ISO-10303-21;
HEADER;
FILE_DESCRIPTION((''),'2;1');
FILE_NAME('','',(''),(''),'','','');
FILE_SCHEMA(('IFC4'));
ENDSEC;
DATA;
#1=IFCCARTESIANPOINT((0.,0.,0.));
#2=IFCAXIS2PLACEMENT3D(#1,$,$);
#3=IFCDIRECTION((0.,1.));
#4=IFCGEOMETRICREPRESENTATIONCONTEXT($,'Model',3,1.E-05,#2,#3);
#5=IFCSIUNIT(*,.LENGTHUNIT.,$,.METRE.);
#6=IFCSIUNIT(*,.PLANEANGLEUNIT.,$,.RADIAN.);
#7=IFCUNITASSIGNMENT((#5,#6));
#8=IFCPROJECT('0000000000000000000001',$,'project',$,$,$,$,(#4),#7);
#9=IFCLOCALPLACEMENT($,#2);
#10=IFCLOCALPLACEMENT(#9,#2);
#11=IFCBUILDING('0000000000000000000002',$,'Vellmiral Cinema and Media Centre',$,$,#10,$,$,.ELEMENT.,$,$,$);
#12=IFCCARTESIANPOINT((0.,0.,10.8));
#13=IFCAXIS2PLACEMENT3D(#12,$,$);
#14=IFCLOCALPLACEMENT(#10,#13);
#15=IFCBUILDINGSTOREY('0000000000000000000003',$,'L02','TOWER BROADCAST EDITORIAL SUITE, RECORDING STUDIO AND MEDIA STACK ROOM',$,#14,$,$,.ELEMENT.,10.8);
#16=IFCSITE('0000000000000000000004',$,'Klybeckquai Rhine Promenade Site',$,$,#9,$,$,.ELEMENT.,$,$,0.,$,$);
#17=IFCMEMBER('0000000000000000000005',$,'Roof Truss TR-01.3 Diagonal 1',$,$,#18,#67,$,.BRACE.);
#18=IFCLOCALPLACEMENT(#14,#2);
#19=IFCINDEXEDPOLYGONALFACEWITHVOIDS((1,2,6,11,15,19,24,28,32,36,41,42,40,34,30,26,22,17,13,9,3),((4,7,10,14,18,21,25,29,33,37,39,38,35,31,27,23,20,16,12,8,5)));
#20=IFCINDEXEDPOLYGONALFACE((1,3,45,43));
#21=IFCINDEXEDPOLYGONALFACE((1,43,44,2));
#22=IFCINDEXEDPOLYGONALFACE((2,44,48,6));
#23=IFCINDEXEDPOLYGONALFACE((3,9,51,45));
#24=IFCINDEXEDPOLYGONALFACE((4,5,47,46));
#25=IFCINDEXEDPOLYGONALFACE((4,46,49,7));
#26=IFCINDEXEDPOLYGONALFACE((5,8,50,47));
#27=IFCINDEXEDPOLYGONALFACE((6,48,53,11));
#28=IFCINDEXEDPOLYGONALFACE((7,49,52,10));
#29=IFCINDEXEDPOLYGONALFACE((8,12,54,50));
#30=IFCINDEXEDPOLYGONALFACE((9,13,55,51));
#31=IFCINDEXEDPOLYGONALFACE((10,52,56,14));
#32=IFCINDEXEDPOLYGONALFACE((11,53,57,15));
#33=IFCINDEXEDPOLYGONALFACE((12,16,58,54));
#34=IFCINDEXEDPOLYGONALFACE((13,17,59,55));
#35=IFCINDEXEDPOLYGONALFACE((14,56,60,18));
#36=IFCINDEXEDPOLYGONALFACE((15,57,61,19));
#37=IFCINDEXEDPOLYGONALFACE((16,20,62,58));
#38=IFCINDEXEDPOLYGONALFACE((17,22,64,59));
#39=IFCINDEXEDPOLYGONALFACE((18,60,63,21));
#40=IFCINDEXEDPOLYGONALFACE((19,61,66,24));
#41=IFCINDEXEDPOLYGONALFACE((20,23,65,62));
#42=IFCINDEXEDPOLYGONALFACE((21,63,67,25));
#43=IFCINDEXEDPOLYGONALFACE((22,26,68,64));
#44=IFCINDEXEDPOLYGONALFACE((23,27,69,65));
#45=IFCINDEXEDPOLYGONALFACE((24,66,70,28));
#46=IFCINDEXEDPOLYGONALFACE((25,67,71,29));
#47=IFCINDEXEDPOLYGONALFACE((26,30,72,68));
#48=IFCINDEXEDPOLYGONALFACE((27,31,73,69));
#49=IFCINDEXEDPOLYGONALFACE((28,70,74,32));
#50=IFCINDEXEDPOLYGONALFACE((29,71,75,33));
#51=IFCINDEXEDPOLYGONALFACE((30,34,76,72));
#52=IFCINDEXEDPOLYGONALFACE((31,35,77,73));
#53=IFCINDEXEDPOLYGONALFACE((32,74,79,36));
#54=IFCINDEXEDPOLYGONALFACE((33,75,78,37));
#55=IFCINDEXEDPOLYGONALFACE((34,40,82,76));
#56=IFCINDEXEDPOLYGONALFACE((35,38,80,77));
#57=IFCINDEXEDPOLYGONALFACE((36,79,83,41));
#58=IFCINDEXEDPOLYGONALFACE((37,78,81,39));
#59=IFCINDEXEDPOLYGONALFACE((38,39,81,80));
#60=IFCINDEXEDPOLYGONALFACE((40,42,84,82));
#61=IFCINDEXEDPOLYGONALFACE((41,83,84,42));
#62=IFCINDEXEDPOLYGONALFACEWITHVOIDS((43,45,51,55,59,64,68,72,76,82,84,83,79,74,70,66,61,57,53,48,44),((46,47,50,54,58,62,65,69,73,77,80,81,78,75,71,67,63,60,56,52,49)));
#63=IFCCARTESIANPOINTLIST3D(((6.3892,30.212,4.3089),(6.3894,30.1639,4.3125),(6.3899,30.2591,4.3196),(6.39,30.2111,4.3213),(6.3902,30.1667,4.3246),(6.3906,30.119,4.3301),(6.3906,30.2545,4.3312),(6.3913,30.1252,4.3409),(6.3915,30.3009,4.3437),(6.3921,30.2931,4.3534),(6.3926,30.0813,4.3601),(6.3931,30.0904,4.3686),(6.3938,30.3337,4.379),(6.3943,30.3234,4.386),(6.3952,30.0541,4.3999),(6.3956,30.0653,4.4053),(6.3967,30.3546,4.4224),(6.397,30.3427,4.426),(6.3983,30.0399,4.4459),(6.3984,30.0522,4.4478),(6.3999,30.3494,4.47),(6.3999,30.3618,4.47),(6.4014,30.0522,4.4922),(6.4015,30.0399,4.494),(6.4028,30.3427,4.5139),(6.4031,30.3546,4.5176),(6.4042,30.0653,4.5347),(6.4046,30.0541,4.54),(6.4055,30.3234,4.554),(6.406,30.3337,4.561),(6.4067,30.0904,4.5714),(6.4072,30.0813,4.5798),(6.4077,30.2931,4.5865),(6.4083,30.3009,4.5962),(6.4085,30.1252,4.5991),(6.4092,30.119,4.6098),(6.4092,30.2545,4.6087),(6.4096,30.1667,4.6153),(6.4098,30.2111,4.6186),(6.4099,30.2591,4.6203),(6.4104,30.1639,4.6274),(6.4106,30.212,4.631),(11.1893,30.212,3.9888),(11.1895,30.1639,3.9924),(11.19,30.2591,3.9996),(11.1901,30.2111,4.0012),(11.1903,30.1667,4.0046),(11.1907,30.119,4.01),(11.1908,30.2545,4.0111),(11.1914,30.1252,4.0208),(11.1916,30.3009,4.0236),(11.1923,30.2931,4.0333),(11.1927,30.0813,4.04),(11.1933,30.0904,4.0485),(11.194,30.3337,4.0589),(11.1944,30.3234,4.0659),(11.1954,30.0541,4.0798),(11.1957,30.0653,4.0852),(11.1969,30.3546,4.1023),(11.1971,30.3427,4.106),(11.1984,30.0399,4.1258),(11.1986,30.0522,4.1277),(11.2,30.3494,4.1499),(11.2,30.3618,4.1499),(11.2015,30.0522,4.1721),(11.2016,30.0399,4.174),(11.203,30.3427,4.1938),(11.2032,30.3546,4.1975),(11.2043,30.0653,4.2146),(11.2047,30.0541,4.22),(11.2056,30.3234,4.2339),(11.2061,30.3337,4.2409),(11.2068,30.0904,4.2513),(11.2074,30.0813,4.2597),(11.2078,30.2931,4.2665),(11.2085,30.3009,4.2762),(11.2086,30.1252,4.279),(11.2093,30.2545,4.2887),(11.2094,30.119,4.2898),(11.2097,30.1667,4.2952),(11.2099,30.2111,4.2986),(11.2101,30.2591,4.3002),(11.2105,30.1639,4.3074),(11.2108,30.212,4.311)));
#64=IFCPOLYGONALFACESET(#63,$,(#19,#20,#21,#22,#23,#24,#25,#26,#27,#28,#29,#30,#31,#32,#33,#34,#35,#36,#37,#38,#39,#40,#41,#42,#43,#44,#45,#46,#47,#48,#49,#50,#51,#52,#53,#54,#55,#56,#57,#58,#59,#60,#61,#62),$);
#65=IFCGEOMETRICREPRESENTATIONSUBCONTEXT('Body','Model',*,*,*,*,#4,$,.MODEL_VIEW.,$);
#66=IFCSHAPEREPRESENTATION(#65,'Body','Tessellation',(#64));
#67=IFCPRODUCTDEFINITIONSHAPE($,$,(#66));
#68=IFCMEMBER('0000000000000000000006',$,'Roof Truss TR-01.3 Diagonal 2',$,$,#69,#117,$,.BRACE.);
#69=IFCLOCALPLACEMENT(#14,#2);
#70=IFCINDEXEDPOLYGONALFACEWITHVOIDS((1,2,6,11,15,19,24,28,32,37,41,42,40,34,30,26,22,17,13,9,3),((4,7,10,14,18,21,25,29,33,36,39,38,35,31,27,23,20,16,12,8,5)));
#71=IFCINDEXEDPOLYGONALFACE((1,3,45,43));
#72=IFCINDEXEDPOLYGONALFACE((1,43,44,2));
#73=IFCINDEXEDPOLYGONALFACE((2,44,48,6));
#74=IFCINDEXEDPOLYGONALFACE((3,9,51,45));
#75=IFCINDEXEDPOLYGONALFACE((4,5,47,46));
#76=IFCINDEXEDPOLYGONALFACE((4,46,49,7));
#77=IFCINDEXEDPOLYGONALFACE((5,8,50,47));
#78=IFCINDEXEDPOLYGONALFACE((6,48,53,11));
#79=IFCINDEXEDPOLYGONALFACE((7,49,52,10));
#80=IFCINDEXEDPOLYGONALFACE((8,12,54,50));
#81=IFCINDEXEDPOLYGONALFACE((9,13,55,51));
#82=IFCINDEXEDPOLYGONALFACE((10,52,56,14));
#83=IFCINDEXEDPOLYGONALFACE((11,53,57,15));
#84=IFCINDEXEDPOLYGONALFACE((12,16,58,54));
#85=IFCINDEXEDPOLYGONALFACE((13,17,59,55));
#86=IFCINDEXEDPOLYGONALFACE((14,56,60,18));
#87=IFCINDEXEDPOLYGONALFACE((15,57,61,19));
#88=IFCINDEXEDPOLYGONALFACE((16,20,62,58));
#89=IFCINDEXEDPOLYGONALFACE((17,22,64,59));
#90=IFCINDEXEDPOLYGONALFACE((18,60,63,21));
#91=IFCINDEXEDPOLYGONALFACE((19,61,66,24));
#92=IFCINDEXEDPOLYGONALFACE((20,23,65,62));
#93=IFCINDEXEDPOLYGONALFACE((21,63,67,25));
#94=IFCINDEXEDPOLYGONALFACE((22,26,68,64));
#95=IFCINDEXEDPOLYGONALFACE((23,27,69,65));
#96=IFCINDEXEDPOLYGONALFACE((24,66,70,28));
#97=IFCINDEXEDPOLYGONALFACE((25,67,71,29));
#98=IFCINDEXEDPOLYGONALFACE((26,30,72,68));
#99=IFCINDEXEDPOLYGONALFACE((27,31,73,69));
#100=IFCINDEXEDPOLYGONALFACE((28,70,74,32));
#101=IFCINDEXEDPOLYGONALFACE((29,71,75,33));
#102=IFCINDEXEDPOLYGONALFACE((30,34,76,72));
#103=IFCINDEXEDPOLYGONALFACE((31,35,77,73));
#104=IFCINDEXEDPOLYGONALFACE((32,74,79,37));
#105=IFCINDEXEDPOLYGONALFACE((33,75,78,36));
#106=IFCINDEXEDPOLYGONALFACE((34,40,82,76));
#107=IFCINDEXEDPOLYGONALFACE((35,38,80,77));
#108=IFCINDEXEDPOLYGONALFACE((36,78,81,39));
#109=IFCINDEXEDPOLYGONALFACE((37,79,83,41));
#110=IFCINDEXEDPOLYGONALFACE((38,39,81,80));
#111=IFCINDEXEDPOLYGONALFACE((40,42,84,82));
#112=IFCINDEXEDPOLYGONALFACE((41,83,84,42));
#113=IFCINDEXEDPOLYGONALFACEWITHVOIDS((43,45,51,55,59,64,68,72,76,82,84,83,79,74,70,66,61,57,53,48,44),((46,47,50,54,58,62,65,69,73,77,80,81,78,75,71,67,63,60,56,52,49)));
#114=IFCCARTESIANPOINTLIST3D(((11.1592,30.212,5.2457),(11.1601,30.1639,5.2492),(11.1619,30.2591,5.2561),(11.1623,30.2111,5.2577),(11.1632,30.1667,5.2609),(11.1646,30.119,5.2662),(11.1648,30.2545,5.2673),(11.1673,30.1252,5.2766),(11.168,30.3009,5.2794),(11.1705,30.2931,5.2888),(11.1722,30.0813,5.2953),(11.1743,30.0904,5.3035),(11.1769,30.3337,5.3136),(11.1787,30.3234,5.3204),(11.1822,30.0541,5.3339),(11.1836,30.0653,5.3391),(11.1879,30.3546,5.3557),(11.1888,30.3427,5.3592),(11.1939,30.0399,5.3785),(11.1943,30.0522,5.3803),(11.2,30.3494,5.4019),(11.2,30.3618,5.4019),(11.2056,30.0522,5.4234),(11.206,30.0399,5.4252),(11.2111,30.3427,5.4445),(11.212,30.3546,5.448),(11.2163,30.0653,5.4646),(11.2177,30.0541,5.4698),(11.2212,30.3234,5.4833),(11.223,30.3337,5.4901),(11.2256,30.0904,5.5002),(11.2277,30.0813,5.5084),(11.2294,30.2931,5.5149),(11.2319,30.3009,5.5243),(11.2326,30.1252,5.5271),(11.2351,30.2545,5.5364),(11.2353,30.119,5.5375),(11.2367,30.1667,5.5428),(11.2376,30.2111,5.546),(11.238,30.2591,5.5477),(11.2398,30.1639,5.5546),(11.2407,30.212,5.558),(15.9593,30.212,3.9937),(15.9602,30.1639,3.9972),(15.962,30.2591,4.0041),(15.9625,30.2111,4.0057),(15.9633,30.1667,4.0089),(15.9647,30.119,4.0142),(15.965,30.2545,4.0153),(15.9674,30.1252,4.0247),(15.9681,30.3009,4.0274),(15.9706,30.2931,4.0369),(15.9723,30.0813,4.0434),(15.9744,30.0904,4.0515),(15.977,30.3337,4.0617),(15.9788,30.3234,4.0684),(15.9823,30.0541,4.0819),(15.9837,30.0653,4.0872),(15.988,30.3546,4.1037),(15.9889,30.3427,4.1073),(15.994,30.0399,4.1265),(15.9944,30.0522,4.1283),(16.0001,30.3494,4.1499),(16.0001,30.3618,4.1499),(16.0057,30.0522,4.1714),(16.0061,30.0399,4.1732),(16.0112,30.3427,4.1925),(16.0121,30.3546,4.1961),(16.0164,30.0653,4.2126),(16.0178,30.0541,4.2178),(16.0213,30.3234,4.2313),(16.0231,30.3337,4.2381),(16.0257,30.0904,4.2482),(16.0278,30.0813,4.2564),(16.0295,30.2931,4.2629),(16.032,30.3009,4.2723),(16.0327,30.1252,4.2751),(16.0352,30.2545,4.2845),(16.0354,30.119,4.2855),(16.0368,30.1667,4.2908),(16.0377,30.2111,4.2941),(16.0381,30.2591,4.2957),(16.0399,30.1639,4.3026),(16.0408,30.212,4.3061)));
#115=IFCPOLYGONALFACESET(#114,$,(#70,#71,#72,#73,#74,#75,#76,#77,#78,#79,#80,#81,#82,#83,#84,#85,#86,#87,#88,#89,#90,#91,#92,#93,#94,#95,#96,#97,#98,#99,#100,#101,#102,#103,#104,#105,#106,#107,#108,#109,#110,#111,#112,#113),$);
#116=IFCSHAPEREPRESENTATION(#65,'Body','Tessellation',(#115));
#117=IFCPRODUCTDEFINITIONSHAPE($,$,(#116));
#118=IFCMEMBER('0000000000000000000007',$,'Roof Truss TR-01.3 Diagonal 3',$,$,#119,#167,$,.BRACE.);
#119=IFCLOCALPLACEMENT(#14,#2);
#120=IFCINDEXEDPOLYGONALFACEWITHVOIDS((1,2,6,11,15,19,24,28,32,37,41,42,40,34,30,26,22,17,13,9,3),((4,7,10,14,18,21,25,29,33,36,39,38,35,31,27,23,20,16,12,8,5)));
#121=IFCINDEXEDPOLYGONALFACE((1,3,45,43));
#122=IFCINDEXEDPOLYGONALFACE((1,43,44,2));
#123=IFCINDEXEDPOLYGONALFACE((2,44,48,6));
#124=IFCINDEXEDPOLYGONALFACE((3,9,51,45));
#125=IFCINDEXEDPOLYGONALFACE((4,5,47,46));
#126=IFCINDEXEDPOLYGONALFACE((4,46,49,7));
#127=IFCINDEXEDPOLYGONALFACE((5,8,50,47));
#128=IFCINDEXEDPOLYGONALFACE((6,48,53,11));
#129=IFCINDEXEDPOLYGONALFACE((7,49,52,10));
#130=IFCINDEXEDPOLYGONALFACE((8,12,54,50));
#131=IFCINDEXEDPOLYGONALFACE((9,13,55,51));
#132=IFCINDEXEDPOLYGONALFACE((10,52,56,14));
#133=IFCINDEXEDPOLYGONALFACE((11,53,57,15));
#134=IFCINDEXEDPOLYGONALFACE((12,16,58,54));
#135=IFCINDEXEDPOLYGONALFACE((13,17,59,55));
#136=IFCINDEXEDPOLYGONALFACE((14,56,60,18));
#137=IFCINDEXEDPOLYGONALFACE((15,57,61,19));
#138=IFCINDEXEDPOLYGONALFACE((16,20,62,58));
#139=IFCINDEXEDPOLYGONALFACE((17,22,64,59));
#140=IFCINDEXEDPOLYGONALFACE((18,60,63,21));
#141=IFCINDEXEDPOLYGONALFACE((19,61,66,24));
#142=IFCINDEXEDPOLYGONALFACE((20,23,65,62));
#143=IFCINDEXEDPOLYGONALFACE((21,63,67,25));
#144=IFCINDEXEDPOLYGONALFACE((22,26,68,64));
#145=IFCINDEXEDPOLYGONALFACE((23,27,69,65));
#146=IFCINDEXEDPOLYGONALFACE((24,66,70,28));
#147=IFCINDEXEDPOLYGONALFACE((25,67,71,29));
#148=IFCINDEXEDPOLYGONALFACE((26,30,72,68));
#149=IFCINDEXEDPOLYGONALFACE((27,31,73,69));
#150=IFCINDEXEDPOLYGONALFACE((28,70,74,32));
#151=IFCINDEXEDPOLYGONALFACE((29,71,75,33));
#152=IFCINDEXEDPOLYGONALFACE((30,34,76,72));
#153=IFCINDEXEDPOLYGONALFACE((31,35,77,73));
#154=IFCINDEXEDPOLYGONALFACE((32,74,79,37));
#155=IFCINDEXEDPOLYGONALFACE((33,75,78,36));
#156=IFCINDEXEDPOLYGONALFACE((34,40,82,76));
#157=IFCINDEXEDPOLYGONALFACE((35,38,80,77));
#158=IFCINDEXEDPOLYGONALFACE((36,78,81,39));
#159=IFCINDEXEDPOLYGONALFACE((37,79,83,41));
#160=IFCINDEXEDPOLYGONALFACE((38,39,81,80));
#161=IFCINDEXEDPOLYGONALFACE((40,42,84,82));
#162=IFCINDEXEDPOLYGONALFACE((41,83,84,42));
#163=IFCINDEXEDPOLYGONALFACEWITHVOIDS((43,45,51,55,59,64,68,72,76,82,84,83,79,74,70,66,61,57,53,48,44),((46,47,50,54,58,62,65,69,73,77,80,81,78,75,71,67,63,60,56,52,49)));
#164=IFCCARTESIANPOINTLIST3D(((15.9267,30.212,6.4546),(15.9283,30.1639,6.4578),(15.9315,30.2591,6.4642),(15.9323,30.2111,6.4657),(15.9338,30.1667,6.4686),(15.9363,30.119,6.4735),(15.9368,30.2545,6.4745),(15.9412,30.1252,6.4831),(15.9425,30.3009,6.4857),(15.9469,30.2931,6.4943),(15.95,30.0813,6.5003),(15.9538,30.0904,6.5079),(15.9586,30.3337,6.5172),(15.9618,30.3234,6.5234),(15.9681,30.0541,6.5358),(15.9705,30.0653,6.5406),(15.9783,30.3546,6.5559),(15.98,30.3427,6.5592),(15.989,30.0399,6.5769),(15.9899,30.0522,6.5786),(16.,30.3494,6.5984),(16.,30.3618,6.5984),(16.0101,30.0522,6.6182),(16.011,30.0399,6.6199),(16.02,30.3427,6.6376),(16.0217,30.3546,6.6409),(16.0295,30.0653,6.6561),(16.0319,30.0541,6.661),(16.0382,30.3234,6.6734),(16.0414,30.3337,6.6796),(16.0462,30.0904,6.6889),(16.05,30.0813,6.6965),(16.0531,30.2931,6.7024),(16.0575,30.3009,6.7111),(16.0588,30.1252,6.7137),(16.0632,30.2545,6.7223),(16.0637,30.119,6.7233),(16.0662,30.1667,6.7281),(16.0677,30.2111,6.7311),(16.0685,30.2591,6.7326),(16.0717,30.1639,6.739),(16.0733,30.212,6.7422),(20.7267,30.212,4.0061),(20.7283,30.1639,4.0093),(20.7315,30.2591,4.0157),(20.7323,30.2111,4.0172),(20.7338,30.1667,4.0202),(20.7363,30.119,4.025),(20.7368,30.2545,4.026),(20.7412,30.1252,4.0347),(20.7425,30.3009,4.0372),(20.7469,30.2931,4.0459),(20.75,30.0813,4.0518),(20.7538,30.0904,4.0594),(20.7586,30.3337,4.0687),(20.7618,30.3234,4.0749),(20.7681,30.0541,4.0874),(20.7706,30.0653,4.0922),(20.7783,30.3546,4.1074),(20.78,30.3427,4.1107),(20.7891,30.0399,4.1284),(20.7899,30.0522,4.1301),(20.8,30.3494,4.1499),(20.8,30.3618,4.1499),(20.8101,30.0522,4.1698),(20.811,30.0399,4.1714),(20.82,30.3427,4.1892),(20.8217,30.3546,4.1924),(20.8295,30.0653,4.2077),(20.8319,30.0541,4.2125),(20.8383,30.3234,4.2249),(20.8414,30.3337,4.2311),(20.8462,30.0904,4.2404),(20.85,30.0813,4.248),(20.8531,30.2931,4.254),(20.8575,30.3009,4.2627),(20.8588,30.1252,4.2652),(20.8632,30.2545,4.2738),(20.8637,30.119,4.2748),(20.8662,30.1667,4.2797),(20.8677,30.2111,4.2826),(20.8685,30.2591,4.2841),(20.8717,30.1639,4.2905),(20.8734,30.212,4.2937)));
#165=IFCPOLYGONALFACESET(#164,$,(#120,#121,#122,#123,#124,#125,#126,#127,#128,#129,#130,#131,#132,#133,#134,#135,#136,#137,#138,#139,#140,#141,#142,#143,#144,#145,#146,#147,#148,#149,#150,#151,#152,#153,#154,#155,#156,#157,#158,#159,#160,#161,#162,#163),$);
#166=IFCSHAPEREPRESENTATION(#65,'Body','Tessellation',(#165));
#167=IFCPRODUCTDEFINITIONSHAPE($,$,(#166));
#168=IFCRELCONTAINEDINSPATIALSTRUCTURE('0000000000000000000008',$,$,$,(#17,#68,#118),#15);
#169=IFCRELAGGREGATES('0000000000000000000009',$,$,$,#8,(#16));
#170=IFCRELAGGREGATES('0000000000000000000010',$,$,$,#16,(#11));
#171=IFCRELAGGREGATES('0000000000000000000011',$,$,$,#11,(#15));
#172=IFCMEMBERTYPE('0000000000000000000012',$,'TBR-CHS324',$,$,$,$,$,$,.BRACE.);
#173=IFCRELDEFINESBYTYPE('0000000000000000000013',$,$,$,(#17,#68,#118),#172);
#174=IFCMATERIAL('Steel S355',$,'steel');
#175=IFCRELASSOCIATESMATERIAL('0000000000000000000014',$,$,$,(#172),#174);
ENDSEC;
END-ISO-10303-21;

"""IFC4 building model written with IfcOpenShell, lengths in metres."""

from ifc_helpers import new_model, si_unit, direction, frame, origin, origin_2d, place, context, subcontext, project, spatial, hollow_circle, extrude, material, material_profile, profile_set, type_object, element, save


model = new_model("IFC4")

# Units and contexts
model_context = context("Model", 3, precision=1e-05, world=origin(), true_north=direction((0.0, 1.0)))
body_context = subcontext(model_context, "Body", "Model", "MODEL_VIEW")
ifc_project = project(units=[si_unit("LENGTHUNIT", "METRE"), si_unit("PLANEANGLEUNIT", "RADIAN")], contexts=[model_context])

# Site, building, storey
site_placement = place(None, origin())
site = spatial("IfcSite", under=ifc_project, at=site_placement, Name="Klybeckquai Rhine Promenade Site", CompositionType="ELEMENT", RefElevation=0.0)
building_placement = place(site_placement, origin())
building = spatial("IfcBuilding", under=site, at=building_placement, Name="Vellmiral Cinema and Media Centre", CompositionType="ELEMENT")
storey_placement = place(building_placement, frame((0.0, 0.0, 10.8)))
storey = spatial("IfcBuildingStorey", under=building, at=storey_placement, Name="L02", Description="TOWER BROADCAST EDITORIAL SUITE, RECORDING STUDIO AND MEDIA STACK ROOM", CompositionType="ELEMENT", Elevation=10.8)

# Members
ifc_material_1 = material(Name="Steel S355", Category="steel")
ifc_material_profile_1 = material_profile(ifc_material_1, hollow_circle(Radius=0.1619, WallThickness=0.0125, at=origin_2d()), Name="CHS 323.9x12.5")
ifc_profile_set_1 = profile_set([ifc_material_profile_1], Name="Steel S355")
member_type_1 = type_object("IfcMemberType", Name="TBR-CHS324", PredefinedType="BRACE", material=ifc_profile_set_1)
member_1_placement = place(storey_placement, frame((6.3999, 30.2, 4.47), z_axis=(0.997784, 0.0, -0.066532), x_axis=(0.0, 1.0, 0.0)))
element("IfcMember", 1, at=member_1_placement, inside=storey, type_object=member_type_1, Name="Roof Truss TR-01.3 Diagonal 1", PredefinedType="BRACE", context=body_context, shape_type="SweptSolid", body=[
    extrude(hollow_circle(Radius=0.1619, WallThickness=0.0125, at=origin_2d()), origin(), (0.0, 0.0, 1.0), 4.8108),
])
member_2_placement = place(storey_placement, frame((11.2, 30.2, 5.4019), z_axis=(0.967629, 0.0, -0.252378), x_axis=(0.0, 1.0, 0.0)))
element("IfcMember", 2, at=member_2_placement, inside=storey, type_object=member_type_1, Name="Roof Truss TR-01.3 Diagonal 2", PredefinedType="BRACE", context=body_context, shape_type="SweptSolid", body=[
    extrude(hollow_circle(Radius=0.1619, WallThickness=0.0125, at=origin_2d()), origin(), (0.0, 0.0, 1.0), 4.9607),
])
for number, where, z_axis, x_axis, name in (
    (3, (16.0, 30.2, 6.5984), (0.890801, 0.0, -0.454394), (0.0, 1.0, 0.0), "Roof Truss TR-01.3 Diagonal 3"),
):
    element("IfcMember", number, at=place(storey_placement, frame(where, z_axis=z_axis, x_axis=x_axis)), inside=storey, type_object=member_type_1, Name=name, PredefinedType="BRACE", context=body_context, shape_type="SweptSolid", body=[
        extrude(hollow_circle(Radius=0.1619, WallThickness=0.0125, at=origin_2d()), origin(), (0.0, 0.0, 1.0), 5.3884),
    ])

save(model, "model.ifc")
